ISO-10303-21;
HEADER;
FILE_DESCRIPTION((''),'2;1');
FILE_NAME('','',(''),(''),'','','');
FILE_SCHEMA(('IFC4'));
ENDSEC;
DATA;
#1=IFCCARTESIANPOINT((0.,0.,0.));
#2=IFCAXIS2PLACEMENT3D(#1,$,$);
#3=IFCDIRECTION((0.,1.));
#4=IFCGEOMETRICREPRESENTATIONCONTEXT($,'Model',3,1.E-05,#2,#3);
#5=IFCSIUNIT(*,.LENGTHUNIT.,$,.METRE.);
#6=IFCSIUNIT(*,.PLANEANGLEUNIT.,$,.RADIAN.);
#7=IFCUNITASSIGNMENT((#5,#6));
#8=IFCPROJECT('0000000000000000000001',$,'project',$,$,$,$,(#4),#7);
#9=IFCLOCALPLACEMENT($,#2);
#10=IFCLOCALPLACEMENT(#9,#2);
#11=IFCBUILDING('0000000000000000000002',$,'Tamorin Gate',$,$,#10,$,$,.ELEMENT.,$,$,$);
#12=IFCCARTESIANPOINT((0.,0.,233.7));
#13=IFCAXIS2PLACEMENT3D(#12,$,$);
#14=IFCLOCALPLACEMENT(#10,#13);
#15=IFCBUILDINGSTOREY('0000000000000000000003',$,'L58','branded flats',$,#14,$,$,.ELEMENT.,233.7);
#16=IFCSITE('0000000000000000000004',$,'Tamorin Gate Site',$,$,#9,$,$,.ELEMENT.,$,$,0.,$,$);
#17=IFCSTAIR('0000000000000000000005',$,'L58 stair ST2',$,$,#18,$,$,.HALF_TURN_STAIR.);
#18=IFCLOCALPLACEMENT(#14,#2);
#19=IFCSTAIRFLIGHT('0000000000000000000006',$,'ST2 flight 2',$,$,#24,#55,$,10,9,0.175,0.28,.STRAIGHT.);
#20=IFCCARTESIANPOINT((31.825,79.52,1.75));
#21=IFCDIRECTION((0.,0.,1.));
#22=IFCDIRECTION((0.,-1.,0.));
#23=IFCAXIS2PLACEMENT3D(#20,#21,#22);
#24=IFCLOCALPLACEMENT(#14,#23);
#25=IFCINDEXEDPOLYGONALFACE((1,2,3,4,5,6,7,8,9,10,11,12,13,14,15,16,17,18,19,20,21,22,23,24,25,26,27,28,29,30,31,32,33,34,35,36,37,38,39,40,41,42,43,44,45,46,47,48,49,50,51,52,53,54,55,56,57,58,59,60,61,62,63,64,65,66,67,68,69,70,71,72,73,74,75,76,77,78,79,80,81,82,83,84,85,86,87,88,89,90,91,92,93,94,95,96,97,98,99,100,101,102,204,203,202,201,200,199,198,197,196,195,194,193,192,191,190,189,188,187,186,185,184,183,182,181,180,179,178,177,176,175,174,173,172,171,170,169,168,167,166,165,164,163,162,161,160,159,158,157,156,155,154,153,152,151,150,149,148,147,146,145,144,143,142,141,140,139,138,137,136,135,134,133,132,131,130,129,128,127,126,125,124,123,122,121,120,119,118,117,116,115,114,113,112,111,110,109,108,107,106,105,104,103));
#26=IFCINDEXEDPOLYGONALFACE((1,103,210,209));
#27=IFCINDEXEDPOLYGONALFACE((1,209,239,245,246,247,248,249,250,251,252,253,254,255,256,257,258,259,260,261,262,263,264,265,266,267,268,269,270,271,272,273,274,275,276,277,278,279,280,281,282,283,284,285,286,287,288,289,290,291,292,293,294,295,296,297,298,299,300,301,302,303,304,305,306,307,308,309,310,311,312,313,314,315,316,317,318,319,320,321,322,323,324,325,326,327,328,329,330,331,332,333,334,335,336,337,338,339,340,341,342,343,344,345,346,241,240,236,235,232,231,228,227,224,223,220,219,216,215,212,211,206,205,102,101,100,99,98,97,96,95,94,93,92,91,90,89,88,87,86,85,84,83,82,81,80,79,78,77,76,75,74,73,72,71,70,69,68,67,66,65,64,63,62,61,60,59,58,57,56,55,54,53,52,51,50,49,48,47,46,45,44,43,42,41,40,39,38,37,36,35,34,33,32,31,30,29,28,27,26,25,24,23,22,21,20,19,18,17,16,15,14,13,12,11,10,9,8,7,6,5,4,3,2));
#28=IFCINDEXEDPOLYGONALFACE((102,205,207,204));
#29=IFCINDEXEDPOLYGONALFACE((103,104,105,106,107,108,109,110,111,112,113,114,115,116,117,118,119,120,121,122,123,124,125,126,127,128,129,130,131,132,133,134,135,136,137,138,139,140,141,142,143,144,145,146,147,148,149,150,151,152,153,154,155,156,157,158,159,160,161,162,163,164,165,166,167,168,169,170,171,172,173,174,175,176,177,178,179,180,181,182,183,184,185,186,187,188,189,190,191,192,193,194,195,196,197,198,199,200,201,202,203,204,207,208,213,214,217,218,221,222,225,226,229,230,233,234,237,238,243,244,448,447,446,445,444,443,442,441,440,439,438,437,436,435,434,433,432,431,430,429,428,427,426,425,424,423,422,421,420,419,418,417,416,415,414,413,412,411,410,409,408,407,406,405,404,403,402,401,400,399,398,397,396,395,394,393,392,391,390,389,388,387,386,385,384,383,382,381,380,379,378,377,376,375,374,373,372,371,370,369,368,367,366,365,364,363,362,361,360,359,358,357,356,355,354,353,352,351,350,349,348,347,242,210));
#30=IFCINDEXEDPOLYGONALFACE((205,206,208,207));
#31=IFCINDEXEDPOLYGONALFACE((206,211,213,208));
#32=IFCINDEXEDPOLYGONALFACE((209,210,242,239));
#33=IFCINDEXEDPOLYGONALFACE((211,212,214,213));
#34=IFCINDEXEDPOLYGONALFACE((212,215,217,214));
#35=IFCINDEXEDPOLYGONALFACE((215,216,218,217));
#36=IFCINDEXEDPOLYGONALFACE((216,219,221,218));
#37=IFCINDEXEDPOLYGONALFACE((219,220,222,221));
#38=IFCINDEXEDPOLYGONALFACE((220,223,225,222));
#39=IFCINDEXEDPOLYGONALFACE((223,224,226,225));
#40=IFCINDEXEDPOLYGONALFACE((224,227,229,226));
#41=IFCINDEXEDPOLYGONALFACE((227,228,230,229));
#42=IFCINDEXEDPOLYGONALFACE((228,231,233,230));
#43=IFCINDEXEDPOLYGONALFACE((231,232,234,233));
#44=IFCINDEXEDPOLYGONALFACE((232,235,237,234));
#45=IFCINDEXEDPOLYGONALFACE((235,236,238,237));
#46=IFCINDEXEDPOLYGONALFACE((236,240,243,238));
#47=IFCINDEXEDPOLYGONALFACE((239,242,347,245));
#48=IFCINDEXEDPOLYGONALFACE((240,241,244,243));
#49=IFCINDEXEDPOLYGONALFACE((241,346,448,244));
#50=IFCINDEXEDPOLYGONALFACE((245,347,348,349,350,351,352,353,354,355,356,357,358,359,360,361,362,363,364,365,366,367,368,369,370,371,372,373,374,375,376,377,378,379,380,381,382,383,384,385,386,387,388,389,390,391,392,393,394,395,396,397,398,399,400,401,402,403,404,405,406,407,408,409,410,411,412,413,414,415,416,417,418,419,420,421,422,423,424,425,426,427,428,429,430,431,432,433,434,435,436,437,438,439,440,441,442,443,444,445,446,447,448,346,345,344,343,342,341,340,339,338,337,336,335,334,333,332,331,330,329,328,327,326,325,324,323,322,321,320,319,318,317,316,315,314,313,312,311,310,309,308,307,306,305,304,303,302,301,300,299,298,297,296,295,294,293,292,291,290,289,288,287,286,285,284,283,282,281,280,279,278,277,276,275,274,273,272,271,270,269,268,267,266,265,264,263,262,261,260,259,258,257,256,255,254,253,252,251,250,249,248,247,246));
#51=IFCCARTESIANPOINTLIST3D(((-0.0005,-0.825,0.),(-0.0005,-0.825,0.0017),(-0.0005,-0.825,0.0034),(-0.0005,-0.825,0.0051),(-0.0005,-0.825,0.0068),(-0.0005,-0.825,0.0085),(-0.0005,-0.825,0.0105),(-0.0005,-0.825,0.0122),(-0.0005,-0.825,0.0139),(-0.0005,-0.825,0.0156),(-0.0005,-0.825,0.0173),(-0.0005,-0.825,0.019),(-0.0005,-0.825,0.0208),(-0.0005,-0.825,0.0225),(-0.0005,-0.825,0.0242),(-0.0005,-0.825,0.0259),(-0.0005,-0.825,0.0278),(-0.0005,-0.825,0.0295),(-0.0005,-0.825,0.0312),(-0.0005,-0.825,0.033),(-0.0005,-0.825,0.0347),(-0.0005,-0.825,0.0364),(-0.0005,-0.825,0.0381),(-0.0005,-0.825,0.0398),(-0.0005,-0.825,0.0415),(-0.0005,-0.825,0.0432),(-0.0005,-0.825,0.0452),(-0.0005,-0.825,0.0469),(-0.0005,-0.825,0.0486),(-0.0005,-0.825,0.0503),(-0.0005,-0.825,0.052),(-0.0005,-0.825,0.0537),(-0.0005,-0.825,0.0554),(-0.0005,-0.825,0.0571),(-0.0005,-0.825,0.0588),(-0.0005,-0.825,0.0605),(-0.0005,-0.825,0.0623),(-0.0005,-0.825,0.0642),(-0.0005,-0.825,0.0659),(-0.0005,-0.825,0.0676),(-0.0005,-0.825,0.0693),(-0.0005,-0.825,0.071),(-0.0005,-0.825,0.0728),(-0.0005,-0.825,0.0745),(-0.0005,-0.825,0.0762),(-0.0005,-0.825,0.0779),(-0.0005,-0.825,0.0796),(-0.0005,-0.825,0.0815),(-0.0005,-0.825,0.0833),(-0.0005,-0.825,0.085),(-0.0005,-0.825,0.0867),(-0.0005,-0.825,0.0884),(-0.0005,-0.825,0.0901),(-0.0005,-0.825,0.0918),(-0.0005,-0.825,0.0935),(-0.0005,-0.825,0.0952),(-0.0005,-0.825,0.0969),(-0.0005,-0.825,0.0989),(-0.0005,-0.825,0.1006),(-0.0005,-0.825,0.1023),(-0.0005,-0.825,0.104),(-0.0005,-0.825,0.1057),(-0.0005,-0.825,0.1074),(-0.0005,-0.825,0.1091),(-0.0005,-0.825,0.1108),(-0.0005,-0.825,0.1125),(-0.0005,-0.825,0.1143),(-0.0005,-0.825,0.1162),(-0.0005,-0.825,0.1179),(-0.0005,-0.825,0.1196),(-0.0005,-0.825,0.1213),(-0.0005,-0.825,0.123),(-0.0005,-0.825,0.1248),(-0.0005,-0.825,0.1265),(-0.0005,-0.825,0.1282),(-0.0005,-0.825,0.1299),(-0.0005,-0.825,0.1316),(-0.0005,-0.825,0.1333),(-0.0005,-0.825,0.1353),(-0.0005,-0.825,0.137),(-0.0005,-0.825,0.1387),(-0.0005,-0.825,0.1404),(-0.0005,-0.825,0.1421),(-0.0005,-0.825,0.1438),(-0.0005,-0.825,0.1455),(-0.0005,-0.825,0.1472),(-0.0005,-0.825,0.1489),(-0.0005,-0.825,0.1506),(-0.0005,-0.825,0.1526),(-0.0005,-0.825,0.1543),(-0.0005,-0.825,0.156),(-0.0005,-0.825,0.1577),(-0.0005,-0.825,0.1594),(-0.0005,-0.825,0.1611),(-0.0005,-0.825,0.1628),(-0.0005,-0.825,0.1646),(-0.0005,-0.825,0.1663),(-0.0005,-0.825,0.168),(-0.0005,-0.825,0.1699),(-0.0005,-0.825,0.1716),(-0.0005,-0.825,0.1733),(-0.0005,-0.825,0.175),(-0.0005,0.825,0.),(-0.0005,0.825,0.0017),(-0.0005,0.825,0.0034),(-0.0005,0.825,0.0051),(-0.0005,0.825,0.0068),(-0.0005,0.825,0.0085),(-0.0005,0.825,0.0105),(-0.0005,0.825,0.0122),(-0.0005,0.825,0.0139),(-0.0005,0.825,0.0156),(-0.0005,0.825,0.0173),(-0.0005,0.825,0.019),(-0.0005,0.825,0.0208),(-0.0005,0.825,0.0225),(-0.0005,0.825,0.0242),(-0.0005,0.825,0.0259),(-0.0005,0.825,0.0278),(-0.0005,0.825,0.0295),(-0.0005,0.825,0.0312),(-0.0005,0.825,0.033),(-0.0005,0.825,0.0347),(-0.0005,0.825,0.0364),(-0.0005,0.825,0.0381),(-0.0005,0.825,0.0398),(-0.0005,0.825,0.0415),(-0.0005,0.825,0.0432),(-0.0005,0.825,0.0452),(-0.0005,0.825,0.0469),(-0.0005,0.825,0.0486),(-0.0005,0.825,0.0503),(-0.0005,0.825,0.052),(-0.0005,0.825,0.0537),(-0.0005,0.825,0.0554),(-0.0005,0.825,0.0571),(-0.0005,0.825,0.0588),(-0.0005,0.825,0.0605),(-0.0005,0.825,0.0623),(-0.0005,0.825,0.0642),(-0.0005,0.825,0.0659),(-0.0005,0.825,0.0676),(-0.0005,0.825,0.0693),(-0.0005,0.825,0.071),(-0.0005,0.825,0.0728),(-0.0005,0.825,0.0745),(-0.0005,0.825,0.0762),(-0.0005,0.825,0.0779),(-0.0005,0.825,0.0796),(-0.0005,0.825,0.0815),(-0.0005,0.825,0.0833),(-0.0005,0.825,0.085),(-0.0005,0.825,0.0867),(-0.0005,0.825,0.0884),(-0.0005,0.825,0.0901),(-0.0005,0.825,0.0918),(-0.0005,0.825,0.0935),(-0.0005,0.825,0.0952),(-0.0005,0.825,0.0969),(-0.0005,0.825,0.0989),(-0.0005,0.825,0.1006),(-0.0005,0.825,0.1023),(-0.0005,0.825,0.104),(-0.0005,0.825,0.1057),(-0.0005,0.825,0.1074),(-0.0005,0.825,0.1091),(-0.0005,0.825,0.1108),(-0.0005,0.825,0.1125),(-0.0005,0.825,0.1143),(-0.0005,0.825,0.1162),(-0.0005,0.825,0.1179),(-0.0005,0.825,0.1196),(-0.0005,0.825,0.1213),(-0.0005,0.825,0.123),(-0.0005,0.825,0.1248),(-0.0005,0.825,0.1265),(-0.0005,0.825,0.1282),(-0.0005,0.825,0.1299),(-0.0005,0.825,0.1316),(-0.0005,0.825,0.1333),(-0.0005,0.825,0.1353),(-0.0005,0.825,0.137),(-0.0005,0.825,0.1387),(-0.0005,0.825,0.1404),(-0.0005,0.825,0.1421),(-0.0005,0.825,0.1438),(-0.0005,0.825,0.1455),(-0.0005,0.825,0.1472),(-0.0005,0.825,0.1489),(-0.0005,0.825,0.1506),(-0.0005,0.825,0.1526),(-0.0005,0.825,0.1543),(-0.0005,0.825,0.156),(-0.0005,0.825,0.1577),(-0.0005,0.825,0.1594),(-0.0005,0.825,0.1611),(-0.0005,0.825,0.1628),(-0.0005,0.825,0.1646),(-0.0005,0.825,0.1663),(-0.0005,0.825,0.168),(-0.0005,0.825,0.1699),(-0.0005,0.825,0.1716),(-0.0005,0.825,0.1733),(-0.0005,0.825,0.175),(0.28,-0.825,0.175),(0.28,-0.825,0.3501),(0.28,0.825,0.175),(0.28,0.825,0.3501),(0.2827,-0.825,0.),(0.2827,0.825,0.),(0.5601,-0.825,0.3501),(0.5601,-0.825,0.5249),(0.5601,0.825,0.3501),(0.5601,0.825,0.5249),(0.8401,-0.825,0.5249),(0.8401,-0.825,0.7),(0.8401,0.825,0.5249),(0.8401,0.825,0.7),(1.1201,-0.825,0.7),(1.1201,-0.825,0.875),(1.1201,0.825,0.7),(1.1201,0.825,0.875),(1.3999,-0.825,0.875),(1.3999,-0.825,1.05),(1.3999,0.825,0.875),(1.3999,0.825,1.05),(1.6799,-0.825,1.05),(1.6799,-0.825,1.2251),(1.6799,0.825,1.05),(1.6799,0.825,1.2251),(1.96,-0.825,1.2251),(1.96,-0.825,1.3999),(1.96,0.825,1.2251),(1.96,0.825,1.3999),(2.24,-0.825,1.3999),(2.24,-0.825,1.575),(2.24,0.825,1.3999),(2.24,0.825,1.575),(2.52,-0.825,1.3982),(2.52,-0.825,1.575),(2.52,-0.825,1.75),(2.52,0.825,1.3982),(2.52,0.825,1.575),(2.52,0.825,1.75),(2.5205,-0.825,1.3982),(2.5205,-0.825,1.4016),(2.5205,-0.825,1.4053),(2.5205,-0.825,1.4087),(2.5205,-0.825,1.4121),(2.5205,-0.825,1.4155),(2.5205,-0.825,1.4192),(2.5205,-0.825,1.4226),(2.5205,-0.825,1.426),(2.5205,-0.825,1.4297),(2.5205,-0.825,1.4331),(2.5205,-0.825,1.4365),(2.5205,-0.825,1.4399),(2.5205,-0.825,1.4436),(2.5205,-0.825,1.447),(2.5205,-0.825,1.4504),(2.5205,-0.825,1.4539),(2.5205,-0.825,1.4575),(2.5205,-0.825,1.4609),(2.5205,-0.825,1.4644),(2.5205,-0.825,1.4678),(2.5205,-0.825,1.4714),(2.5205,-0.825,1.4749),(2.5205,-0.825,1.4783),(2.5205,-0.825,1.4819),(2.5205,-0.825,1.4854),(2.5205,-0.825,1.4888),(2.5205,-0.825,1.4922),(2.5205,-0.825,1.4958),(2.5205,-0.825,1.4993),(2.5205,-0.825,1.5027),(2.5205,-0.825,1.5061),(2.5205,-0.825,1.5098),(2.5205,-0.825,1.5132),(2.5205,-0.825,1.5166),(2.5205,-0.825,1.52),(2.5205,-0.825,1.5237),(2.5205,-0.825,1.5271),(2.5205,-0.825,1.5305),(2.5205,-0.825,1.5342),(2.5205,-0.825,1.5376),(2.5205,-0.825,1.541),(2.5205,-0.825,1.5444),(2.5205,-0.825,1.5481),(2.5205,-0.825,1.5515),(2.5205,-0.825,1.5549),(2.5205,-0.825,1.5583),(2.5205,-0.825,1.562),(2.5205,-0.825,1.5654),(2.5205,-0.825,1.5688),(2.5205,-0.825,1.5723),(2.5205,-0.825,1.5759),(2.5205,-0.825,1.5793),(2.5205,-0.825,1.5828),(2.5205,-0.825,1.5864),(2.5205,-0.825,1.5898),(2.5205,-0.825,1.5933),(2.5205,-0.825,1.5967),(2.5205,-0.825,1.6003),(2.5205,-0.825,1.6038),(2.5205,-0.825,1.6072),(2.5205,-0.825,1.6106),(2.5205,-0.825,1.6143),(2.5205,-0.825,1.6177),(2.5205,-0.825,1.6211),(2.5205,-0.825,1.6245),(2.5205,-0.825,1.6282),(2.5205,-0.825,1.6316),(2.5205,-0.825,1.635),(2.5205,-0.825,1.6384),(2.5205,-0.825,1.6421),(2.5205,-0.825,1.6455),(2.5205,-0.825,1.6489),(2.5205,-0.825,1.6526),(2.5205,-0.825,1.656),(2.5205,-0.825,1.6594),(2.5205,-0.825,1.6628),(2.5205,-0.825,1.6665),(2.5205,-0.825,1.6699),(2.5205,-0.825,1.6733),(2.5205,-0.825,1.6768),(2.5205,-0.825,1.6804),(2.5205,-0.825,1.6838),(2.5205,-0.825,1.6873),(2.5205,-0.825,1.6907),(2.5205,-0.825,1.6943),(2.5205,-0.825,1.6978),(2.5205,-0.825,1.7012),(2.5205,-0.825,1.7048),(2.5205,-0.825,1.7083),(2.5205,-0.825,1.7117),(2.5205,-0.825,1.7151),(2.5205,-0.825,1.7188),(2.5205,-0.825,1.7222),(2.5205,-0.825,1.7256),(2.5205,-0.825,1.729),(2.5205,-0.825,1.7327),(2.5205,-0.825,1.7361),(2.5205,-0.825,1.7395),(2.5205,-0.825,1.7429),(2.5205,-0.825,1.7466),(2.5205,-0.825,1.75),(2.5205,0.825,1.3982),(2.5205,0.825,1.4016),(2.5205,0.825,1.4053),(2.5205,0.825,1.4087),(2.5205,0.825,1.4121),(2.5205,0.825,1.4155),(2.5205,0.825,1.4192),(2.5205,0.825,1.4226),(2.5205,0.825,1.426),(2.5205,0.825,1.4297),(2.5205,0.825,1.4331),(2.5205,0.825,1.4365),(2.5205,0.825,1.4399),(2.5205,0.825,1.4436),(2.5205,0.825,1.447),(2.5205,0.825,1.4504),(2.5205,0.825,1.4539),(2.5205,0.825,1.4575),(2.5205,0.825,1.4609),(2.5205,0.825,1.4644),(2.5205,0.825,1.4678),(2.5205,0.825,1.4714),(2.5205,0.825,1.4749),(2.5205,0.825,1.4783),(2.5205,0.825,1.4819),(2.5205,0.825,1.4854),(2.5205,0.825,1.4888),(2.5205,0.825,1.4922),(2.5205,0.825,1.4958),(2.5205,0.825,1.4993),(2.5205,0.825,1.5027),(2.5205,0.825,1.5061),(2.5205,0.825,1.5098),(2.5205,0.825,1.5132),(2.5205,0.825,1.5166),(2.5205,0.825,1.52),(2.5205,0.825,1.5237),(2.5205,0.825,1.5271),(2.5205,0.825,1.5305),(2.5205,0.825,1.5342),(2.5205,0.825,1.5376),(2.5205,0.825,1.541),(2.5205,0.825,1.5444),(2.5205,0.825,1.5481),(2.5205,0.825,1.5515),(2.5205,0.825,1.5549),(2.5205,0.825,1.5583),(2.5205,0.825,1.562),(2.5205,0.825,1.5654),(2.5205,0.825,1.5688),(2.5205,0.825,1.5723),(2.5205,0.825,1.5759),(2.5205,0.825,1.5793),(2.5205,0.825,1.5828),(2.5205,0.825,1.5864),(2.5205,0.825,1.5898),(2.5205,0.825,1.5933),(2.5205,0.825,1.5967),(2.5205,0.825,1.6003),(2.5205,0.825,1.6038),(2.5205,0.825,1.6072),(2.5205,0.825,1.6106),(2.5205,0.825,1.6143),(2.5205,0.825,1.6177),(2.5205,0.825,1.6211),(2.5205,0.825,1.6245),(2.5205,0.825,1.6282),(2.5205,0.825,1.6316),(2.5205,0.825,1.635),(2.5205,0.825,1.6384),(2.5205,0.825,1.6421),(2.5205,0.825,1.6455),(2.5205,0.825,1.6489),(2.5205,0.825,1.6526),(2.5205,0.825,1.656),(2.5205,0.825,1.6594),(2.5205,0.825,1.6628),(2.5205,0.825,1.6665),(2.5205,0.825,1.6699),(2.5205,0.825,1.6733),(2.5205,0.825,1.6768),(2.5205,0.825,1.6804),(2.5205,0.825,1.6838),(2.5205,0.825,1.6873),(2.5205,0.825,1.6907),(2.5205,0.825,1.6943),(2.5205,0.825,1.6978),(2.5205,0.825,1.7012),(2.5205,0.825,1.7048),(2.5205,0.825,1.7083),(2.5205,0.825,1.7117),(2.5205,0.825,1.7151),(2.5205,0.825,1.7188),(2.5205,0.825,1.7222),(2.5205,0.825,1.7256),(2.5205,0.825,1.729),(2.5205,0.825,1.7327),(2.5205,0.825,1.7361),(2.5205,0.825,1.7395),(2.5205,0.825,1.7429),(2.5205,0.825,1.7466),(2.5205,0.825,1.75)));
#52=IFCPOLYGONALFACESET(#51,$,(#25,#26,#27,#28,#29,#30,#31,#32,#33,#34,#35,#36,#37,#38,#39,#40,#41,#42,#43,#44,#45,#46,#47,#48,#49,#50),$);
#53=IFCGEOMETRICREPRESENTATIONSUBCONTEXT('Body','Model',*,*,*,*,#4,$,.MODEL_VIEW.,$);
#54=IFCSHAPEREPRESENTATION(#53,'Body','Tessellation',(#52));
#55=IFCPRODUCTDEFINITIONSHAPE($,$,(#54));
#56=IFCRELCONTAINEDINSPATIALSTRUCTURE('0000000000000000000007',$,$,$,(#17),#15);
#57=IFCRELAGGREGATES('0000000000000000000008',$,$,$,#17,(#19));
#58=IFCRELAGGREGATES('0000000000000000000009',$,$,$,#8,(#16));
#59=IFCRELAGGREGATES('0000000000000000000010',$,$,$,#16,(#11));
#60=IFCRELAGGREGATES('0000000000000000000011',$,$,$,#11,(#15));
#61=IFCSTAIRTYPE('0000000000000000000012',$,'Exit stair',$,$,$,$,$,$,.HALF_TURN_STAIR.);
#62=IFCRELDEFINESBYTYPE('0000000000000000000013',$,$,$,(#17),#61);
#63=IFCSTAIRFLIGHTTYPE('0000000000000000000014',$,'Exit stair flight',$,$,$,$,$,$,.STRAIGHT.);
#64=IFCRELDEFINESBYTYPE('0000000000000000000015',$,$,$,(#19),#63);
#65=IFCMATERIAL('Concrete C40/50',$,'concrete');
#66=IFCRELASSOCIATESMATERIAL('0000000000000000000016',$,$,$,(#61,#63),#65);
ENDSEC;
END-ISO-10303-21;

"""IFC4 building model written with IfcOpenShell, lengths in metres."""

from ifc_helpers import new_model, si_unit, direction, frame, origin, place, context, subcontext, project, spatial, polyline, outline, extrude, material, type_object, element, aggregate, save


model = new_model("IFC4")

# Units and contexts
model_context = context("Model", 3, precision=1e-05, world=origin(), true_north=direction((0.0, 1.0)))
body_context = subcontext(model_context, "Body", "Model", "MODEL_VIEW")
ifc_project = project(units=[si_unit("LENGTHUNIT", "METRE"), si_unit("PLANEANGLEUNIT", "RADIAN")], contexts=[model_context])

# Site, building, storey
site_placement = place(None, origin())
site = spatial("IfcSite", under=ifc_project, at=site_placement, Name="Tamorin Gate Site", CompositionType="ELEMENT", RefElevation=0.0)
building_placement = place(site_placement, origin())
building = spatial("IfcBuilding", under=site, at=building_placement, Name="Tamorin Gate", CompositionType="ELEMENT")
storey_placement = place(building_placement, frame((0.0, 0.0, 233.7)))
storey = spatial("IfcBuildingStorey", under=building, at=storey_placement, Name="L58", Description="branded flats", CompositionType="ELEMENT", Elevation=233.7)

# Stair, stair flight
ifc_material_1 = material(Name="Concrete C40/50", Category="concrete")
stair_type = type_object("IfcStairType", Name="Exit stair", PredefinedType="HALF_TURN_STAIR", material=ifc_material_1)
stair_placement = place(storey_placement, origin())
stair = element("IfcStair", 1, at=stair_placement, inside=storey, type_object=stair_type, Name="L58 stair ST2", PredefinedType="HALF_TURN_STAIR")
stair_flight_type = type_object("IfcStairFlightType", Name="Exit stair flight", PredefinedType="STRAIGHT", material=ifc_material_1)
stair_flight_placement = place(storey_placement, frame((31.825, 79.52, 1.75), z_axis=(0.0, 0.0, 1.0), x_axis=(0.0, -1.0, 0.0)))
stair_flight = element("IfcStairFlight", 2, at=stair_flight_placement, type_object=stair_flight_type, Name="ST2 flight 2", NumberOfRisers=10, NumberOfTreads=9, PredefinedType="STRAIGHT", RiserHeight=0.175, TreadLength=0.28, context=body_context, shape_type="SweptSolid", body=[
    extrude(outline(polyline([(-0.0005, 0.0), (-0.0005, 0.0017), (-0.0005, 0.0034), (-0.0005, 0.0051), (-0.0005, 0.0068), (-0.0005, 0.0085), (-0.0005, 0.0105), (-0.0005, 0.0122), (-0.0005, 0.0139), (-0.0005, 0.0156), (-0.0005, 0.0173), (-0.0005, 0.019), (-0.0005, 0.0208), (-0.0005, 0.0225), (-0.0005, 0.0242), (-0.0005, 0.0259), (-0.0005, 0.0278), (-0.0005, 0.0295), (-0.0005, 0.0312), (-0.0005, 0.033), (-0.0005, 0.0347), (-0.0005, 0.0364), (-0.0005, 0.0381), (-0.0005, 0.0398), (-0.0005, 0.0415), (-0.0005, 0.0432), (-0.0005, 0.0452), (-0.0005, 0.0469), (-0.0005, 0.0486), (-0.0005, 0.0503), (-0.0005, 0.052), (-0.0005, 0.0537), (-0.0005, 0.0554), (-0.0005, 0.0571), (-0.0005, 0.0588), (-0.0005, 0.0605), (-0.0005, 0.0623), (-0.0005, 0.0642), (-0.0005, 0.0659), (-0.0005, 0.0676), (-0.0005, 0.0693), (-0.0005, 0.071), (-0.0005, 0.0728), (-0.0005, 0.0745), (-0.0005, 0.0762), (-0.0005, 0.0779), (-0.0005, 0.0796), (-0.0005, 0.0815), (-0.0005, 0.0833), (-0.0005, 0.085), (-0.0005, 0.0867), (-0.0005, 0.0884), (-0.0005, 0.0901), (-0.0005, 0.0918), (-0.0005, 0.0935), (-0.0005, 0.0952), (-0.0005, 0.0969), (-0.0005, 0.0989), (-0.0005, 0.1006), (-0.0005, 0.1023), (-0.0005, 0.104), (-0.0005, 0.1057), (-0.0005, 0.1074), (-0.0005, 0.1091), (-0.0005, 0.1108), (-0.0005, 0.1125), (-0.0005, 0.1143), (-0.0005, 0.1162), (-0.0005, 0.1179), (-0.0005, 0.1196), (-0.0005, 0.1213), (-0.0005, 0.123), (-0.0005, 0.1248), (-0.0005, 0.1265), (-0.0005, 0.1282), (-0.0005, 0.1299), (-0.0005, 0.1316), (-0.0005, 0.1333), (-0.0005, 0.1353), (-0.0005, 0.137), (-0.0005, 0.1387), (-0.0005, 0.1404), (-0.0005, 0.1421), (-0.0005, 0.1438), (-0.0005, 0.1455), (-0.0005, 0.1472), (-0.0005, 0.1489), (-0.0005, 0.1506), (-0.0005, 0.1526), (-0.0005, 0.1543), (-0.0005, 0.156), (-0.0005, 0.1577), (-0.0005, 0.1594), (-0.0005, 0.1611), (-0.0005, 0.1628), (-0.0005, 0.1646), (-0.0005, 0.1663), (-0.0005, 0.168), (-0.0005, 0.1699), (-0.0005, 0.1716), (-0.0005, 0.1733), (-0.0005, 0.175), (0.28, 0.175), (0.28, 0.3501), (0.5601, 0.3501), (0.5601, 0.5249), (0.8401, 0.5249), (0.8401, 0.7), (1.1201, 0.7), (1.1201, 0.875), (1.3999, 0.875), (1.3999, 1.05), (1.6799, 1.05), (1.6799, 1.2251), (1.96, 1.2251), (1.96, 1.3999), (2.24, 1.3999), (2.24, 1.575), (2.52, 1.575), (2.52, 1.75), (2.5205, 1.75), (2.5205, 1.7466), (2.5205, 1.7429), (2.5205, 1.7395), (2.5205, 1.7361), (2.5205, 1.7327), (2.5205, 1.729), (2.5205, 1.7256), (2.5205, 1.7222), (2.5205, 1.7188), (2.5205, 1.7151), (2.5205, 1.7117), (2.5205, 1.7083), (2.5205, 1.7048), (2.5205, 1.7012), (2.5205, 1.6978), (2.5205, 1.6943), (2.5205, 1.6907), (2.5205, 1.6873), (2.5205, 1.6838), (2.5205, 1.6804), (2.5205, 1.6768), (2.5205, 1.6733), (2.5205, 1.6699), (2.5205, 1.6665), (2.5205, 1.6628), (2.5205, 1.6594), (2.5205, 1.656), (2.5205, 1.6526), (2.5205, 1.6489), (2.5205, 1.6455), (2.5205, 1.6421), (2.5205, 1.6384), (2.5205, 1.635), (2.5205, 1.6316), (2.5205, 1.6282), (2.5205, 1.6245), (2.5205, 1.6211), (2.5205, 1.6177), (2.5205, 1.6143), (2.5205, 1.6106), (2.5205, 1.6072), (2.5205, 1.6038), (2.5205, 1.6003), (2.5205, 1.5967), (2.5205, 1.5933), (2.5205, 1.5898), (2.5205, 1.5864), (2.5205, 1.5828), (2.5205, 1.5793), (2.5205, 1.5759), (2.5205, 1.5723), (2.5205, 1.5688), (2.5205, 1.5654), (2.5205, 1.562), (2.5205, 1.5583), (2.5205, 1.5549), (2.5205, 1.5515), (2.5205, 1.5481), (2.5205, 1.5444), (2.5205, 1.541), (2.5205, 1.5376), (2.5205, 1.5342), (2.5205, 1.5305), (2.5205, 1.5271), (2.5205, 1.5237), (2.5205, 1.52), (2.5205, 1.5166), (2.5205, 1.5132), (2.5205, 1.5098), (2.5205, 1.5061), (2.5205, 1.5027), (2.5205, 1.4993), (2.5205, 1.4958), (2.5205, 1.4922), (2.5205, 1.4888), (2.5205, 1.4854), (2.5205, 1.4819), (2.5205, 1.4783), (2.5205, 1.4749), (2.5205, 1.4714), (2.5205, 1.4678), (2.5205, 1.4644), (2.5205, 1.4609), (2.5205, 1.4575), (2.5205, 1.4539), (2.5205, 1.4504), (2.5205, 1.447), (2.5205, 1.4436), (2.5205, 1.4399), (2.5205, 1.4365), (2.5205, 1.4331), (2.5205, 1.4297), (2.5205, 1.426), (2.5205, 1.4226), (2.5205, 1.4192), (2.5205, 1.4155), (2.5205, 1.4121), (2.5205, 1.4087), (2.5205, 1.4053), (2.5205, 1.4016), (2.5205, 1.3982), (2.52, 1.3982), (0.2827, 0.0), (-0.0005, 0.0)])), frame((0.0, 0.825, 0.0), z_axis=(0.0, -1.0, 0.0), x_axis=(1.0, 0.0, 0.0)), (0.0, 0.0, 1.0), 1.6499),
])
aggregate(stair, [stair_flight])

save(model, "model.ifc")
